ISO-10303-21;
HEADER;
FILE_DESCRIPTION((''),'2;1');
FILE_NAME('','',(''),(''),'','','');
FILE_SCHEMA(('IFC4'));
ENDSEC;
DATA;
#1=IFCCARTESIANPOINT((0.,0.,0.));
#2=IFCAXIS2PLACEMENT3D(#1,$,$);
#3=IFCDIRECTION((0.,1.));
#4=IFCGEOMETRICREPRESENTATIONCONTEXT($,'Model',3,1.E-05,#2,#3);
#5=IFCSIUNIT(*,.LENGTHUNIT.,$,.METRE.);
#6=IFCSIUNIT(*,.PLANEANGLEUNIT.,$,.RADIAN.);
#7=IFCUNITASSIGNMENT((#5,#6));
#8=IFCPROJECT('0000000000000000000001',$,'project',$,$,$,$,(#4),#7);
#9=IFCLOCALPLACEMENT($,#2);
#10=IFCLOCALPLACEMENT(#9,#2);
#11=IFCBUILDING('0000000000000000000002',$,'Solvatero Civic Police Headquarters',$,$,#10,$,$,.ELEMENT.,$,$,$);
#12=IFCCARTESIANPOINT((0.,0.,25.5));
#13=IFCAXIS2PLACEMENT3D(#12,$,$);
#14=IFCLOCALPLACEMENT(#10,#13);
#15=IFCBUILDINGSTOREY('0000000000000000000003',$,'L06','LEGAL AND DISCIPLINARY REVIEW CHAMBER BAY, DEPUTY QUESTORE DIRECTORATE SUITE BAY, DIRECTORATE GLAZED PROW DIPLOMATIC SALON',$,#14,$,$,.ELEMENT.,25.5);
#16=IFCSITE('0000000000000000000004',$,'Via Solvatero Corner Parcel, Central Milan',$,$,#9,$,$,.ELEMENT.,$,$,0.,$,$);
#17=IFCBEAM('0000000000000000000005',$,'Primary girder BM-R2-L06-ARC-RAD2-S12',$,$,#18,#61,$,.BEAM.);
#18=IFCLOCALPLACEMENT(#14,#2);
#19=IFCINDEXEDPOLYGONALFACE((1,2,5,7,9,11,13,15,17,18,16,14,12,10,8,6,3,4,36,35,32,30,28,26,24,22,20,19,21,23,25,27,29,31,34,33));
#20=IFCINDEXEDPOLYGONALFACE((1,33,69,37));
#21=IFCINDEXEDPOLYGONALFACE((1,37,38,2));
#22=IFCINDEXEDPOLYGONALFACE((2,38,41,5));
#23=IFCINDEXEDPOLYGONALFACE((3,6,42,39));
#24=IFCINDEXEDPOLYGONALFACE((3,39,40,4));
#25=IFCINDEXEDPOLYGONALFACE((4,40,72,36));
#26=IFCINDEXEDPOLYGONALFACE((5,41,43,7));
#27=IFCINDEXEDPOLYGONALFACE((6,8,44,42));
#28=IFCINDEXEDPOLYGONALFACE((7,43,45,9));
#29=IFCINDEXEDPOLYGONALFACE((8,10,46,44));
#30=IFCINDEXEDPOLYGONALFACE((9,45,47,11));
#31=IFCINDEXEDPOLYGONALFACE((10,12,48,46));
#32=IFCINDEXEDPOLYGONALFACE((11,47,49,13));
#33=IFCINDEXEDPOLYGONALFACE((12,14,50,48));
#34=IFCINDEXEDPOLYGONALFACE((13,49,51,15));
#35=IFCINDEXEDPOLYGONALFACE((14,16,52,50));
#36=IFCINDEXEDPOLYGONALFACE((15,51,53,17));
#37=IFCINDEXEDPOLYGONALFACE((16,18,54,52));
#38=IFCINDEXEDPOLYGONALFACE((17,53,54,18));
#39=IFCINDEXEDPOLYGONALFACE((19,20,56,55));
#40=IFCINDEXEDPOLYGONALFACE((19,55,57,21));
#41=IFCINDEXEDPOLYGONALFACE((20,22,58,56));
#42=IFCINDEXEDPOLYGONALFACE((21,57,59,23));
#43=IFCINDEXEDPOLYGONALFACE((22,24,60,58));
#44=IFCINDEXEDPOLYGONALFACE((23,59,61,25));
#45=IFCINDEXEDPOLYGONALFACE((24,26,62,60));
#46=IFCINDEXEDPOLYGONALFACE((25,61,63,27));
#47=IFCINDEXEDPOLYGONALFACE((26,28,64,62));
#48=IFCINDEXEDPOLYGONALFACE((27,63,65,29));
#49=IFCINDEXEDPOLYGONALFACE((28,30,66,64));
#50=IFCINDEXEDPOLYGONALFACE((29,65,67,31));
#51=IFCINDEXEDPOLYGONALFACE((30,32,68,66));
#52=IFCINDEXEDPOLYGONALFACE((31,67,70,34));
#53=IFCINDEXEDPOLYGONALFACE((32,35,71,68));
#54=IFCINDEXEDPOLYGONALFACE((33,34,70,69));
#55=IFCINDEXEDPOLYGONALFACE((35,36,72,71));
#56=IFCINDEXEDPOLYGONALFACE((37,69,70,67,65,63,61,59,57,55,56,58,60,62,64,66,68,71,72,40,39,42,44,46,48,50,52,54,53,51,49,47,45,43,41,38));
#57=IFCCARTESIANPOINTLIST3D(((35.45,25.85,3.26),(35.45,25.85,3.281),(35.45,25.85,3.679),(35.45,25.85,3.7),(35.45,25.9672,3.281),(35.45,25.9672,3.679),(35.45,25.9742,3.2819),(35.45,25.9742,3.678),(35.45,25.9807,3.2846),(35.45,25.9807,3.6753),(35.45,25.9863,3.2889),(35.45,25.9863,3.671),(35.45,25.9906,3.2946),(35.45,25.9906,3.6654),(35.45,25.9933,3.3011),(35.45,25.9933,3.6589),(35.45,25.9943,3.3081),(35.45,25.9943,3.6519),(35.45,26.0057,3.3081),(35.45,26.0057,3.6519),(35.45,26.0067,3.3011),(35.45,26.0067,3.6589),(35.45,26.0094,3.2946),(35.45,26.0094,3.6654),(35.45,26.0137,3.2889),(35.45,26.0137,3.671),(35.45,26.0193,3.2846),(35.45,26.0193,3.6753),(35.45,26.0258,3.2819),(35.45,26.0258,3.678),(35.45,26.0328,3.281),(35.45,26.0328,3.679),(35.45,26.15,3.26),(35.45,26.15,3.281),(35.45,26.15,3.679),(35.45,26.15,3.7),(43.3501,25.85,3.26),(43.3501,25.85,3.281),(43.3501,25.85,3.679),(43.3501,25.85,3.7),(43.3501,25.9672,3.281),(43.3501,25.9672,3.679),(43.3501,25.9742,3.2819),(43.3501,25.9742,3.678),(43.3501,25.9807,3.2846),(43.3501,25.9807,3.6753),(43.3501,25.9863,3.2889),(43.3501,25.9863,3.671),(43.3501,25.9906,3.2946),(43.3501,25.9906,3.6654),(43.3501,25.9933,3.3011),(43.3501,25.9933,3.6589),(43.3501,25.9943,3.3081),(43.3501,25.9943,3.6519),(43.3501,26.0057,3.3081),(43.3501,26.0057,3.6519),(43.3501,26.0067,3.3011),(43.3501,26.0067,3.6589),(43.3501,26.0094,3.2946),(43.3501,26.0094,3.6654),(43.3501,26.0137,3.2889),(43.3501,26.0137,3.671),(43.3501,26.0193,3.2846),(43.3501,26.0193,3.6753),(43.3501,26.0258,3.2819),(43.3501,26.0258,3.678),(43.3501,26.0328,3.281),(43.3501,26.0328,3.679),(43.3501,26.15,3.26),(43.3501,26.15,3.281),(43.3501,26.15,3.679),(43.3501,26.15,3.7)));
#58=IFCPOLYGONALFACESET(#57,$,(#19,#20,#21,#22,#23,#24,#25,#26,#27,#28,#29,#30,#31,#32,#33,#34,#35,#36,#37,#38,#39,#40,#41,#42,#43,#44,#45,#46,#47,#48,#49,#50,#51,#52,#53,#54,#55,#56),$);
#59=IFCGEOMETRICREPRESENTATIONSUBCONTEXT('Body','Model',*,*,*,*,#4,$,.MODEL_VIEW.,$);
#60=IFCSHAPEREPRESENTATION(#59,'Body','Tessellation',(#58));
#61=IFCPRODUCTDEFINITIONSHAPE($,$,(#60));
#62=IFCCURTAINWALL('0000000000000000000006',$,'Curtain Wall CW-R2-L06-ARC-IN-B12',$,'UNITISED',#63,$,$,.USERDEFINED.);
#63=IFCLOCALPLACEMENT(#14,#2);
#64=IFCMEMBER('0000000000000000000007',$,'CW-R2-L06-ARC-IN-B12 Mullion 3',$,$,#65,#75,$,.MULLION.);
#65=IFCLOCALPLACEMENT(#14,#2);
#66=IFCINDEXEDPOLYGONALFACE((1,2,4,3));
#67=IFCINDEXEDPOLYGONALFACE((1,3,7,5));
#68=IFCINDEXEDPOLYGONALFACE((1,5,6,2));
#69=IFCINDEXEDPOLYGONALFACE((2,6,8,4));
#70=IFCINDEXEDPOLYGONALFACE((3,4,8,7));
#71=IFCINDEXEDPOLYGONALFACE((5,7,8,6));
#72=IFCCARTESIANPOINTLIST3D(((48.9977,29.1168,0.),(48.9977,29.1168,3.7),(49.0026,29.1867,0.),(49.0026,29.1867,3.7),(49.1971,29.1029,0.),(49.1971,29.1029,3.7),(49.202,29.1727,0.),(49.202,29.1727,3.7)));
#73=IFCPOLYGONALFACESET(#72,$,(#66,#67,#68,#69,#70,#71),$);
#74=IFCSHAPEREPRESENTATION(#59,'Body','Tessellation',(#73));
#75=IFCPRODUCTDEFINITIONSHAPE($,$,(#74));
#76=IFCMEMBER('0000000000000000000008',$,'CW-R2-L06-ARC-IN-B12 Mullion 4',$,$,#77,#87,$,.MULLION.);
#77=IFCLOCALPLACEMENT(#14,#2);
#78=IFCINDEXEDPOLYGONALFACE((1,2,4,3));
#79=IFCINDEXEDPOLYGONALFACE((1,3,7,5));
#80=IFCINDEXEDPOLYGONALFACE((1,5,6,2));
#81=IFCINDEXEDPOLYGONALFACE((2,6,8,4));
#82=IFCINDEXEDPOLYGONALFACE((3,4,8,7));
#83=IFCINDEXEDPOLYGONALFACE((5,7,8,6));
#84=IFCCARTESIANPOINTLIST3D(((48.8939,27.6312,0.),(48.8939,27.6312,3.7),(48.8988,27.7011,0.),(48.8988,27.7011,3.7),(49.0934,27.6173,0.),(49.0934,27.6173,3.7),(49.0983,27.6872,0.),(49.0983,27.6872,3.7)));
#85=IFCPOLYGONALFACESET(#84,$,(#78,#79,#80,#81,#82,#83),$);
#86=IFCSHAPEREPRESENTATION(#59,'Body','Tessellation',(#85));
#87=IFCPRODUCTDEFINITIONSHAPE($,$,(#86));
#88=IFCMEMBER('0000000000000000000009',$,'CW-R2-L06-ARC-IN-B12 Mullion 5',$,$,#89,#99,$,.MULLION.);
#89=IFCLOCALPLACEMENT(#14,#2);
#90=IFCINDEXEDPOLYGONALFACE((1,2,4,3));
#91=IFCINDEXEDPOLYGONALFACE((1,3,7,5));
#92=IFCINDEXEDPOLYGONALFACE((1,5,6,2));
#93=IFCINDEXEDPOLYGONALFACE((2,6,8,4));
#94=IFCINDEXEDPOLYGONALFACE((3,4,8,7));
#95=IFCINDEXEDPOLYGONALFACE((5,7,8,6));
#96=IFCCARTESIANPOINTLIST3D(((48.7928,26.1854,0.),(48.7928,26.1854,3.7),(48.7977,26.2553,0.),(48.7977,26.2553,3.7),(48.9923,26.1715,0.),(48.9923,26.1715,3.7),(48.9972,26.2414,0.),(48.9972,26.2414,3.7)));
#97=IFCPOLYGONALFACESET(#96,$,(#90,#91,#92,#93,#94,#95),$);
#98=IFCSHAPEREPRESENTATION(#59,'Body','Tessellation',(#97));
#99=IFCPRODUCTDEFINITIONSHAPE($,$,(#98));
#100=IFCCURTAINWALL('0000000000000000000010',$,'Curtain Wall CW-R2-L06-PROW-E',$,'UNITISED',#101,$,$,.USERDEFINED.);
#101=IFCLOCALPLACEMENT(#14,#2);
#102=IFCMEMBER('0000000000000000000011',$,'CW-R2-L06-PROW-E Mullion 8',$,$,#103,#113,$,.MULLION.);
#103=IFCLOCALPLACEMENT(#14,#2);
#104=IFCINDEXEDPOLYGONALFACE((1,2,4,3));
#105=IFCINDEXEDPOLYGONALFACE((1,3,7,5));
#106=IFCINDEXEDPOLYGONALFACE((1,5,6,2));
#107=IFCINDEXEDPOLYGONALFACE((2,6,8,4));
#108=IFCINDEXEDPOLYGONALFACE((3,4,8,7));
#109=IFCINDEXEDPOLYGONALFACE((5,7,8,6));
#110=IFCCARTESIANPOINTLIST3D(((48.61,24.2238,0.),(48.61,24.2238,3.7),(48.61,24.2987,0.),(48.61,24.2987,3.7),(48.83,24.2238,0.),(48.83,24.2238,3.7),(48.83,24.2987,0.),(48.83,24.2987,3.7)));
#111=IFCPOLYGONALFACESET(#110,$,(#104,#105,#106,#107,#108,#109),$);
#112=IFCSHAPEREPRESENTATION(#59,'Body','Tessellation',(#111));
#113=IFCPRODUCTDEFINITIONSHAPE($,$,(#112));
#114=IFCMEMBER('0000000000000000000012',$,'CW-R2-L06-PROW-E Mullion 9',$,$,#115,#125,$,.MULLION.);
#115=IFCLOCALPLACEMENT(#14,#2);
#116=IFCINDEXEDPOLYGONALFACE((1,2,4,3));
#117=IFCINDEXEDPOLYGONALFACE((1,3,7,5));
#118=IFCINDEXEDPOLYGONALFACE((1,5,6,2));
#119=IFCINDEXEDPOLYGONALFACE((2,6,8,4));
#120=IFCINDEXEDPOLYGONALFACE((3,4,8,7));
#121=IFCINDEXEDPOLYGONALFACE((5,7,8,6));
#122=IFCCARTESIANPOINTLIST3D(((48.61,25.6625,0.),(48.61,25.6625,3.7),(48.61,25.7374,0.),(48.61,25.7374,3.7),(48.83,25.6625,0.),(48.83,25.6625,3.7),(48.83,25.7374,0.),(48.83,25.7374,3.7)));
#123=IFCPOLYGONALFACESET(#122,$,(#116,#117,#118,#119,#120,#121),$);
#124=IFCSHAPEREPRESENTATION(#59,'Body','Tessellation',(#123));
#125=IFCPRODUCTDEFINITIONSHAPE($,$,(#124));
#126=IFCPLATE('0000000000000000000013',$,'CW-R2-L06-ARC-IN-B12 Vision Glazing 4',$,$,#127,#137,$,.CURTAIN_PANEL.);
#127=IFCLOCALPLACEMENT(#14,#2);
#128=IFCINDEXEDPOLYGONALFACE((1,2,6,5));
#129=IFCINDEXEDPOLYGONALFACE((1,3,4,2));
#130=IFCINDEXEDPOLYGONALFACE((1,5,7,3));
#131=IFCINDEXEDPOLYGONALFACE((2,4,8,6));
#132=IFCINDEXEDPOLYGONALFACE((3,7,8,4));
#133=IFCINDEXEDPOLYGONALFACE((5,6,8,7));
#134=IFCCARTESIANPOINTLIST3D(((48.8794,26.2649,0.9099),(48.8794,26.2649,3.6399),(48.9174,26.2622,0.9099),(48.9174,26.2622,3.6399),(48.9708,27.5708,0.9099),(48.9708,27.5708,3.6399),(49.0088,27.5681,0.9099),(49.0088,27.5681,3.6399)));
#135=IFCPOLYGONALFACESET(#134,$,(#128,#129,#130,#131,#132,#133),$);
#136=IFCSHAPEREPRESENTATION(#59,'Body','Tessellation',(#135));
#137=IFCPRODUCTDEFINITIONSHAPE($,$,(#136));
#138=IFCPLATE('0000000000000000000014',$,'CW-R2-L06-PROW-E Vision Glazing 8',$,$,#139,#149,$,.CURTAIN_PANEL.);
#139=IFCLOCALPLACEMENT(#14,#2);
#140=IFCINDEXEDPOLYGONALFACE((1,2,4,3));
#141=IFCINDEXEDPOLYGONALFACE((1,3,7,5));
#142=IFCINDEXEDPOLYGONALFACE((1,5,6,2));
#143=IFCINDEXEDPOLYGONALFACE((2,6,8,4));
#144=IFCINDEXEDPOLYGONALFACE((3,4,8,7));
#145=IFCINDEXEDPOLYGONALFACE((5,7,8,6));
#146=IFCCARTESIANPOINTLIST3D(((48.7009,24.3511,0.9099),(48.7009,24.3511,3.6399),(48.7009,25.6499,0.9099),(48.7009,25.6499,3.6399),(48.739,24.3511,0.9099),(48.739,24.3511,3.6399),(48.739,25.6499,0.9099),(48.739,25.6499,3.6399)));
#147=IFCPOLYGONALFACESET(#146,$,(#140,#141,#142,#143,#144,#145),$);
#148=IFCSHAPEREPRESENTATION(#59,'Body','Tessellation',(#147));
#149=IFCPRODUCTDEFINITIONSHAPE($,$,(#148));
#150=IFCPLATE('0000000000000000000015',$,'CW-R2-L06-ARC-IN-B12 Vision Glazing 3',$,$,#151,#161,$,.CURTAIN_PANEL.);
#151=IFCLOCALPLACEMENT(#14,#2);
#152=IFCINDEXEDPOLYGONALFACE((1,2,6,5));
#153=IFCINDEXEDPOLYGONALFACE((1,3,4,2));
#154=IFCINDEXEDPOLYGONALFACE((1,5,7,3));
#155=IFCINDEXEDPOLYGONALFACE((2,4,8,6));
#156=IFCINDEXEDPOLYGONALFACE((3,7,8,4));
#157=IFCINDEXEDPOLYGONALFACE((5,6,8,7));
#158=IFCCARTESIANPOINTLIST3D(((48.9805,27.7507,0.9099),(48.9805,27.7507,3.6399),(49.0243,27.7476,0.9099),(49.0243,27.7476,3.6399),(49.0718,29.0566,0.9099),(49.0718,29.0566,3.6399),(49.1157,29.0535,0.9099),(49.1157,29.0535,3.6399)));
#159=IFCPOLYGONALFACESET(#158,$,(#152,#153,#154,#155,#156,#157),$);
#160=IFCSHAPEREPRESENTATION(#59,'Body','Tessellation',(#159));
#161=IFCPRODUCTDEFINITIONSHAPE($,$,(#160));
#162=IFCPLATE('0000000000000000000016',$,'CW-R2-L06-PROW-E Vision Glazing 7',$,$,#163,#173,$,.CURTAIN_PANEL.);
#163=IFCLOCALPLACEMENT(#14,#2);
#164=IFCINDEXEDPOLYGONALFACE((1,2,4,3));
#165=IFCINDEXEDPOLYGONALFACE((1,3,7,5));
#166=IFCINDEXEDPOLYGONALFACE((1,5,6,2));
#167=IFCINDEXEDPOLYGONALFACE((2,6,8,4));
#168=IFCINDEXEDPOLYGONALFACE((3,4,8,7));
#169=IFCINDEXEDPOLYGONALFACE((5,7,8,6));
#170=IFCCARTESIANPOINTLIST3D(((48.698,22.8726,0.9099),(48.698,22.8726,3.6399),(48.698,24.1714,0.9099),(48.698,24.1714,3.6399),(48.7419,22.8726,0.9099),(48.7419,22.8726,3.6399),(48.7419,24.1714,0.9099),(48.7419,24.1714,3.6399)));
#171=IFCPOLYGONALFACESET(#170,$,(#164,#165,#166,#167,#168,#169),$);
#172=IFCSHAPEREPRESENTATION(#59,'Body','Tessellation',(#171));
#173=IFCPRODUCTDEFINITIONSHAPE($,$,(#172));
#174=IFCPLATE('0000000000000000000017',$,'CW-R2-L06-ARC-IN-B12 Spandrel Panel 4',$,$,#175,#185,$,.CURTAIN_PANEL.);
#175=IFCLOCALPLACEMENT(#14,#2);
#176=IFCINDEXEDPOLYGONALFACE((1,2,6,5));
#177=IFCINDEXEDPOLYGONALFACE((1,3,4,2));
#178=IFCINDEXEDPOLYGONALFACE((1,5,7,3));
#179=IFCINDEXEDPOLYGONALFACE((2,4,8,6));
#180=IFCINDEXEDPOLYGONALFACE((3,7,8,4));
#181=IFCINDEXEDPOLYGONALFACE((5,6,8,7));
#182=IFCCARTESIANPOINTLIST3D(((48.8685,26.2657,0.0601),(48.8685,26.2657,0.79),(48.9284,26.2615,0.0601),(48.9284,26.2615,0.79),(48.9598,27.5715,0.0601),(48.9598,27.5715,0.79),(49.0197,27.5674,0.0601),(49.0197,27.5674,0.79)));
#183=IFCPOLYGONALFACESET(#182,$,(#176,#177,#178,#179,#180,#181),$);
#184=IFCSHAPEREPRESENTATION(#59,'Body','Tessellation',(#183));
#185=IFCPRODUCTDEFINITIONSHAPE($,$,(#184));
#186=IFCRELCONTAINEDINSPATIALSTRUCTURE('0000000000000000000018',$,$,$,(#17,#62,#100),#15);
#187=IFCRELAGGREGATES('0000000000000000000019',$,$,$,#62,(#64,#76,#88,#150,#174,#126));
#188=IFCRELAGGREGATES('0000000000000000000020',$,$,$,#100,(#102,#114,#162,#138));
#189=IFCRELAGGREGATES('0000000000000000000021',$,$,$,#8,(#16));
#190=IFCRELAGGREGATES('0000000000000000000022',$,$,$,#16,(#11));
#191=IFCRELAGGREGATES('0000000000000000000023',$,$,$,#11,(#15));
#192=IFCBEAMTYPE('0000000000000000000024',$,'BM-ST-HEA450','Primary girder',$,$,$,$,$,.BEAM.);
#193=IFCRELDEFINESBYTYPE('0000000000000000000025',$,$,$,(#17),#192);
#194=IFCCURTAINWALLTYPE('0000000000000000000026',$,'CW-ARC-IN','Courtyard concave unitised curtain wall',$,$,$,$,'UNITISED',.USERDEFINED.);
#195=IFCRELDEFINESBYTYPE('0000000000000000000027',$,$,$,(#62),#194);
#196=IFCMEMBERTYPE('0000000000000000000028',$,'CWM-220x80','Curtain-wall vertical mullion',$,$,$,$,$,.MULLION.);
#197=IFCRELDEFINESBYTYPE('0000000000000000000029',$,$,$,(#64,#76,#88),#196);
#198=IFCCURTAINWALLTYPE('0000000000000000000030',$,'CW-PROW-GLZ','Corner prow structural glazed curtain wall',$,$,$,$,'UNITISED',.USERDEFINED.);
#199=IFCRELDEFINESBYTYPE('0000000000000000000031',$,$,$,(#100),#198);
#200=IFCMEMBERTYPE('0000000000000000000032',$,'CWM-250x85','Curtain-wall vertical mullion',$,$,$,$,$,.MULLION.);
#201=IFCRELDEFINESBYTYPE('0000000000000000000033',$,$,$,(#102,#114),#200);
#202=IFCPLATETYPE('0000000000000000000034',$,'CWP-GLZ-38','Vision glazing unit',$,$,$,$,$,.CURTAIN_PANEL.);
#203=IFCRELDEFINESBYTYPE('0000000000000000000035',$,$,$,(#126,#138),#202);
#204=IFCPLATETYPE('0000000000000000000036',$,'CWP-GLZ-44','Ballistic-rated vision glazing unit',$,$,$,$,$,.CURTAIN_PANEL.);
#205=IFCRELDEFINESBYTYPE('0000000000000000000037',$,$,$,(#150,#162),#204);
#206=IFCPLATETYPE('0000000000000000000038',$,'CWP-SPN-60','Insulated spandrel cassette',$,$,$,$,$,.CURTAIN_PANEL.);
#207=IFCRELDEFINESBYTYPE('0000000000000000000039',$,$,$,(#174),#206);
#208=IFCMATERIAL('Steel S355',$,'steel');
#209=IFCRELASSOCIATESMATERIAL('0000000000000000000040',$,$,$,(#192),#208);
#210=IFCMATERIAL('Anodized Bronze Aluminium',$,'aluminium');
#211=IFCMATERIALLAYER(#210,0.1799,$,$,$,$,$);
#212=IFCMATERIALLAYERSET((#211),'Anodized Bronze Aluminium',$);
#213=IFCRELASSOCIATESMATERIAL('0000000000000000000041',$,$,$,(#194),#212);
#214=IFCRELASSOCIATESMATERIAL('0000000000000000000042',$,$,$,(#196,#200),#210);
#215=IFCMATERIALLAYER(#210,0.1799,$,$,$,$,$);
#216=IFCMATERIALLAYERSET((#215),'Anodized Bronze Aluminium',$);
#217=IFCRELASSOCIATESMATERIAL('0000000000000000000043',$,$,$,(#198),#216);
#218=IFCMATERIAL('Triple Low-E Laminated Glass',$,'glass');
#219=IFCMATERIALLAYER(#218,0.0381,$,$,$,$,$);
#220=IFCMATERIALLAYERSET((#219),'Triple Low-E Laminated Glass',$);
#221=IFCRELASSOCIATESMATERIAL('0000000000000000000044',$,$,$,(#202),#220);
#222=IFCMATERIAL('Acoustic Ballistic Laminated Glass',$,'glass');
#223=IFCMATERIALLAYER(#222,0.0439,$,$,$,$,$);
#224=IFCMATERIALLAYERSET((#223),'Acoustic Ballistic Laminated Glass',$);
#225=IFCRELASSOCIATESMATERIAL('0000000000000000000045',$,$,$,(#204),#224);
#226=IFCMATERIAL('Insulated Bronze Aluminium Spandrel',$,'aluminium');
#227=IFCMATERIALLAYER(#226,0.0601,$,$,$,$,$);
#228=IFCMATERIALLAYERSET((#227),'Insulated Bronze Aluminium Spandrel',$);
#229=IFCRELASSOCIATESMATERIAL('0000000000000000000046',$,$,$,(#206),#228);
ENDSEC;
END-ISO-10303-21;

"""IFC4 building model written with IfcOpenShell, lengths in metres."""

from ifc_helpers import new_model, si_unit, direction, frame, origin, origin_2d, place, context, subcontext, project, spatial, rectangle, i_section, extrude, material, layer, layer_set, material_profile, profile_set, type_object, element, aggregate, save


model = new_model("IFC4")

# Units and contexts
model_context = context("Model", 3, precision=1e-05, world=origin(), true_north=direction((0.0, 1.0)))
body_context = subcontext(model_context, "Body", "Model", "MODEL_VIEW")
ifc_project = project(units=[si_unit("LENGTHUNIT", "METRE"), si_unit("PLANEANGLEUNIT", "RADIAN")], contexts=[model_context])

# Site, building, storey
site_placement = place(None, origin())
site = spatial("IfcSite", under=ifc_project, at=site_placement, Name="Via Solvatero Corner Parcel, Central Milan", CompositionType="ELEMENT", RefElevation=0.0)
building_placement = place(site_placement, origin())
building = spatial("IfcBuilding", under=site, at=building_placement, Name="Solvatero Civic Police Headquarters", CompositionType="ELEMENT")
storey_placement = place(building_placement, frame((0.0, 0.0, 25.5)))
storey = spatial("IfcBuildingStorey", under=building, at=storey_placement, Name="L06", Description="LEGAL AND DISCIPLINARY REVIEW CHAMBER BAY, DEPUTY QUESTORE DIRECTORATE SUITE BAY, DIRECTORATE GLAZED PROW DIPLOMATIC SALON", CompositionType="ELEMENT", Elevation=25.5)

# Shared definitions
ifc_material_1 = material(Name="Steel S355", Category="steel")

# Beam
ifc_material_profile_1 = material_profile(ifc_material_1, i_section(OverallWidth=0.3, OverallDepth=0.4399, WebThickness=0.0115, FlangeThickness=0.021, FilletRadius=0.0271, at=origin_2d()), Name="HEA 450")
ifc_profile_set_1 = profile_set([ifc_material_profile_1], Name="Steel S355")
beam_type_1 = type_object("IfcBeamType", Name="BM-ST-HEA450", Description="Primary girder", PredefinedType="BEAM", material=ifc_profile_set_1)
beam_1_placement = place(storey_placement, frame((43.3501, 26.0, 3.48), z_axis=(-1.0, 0.0, 0.0), x_axis=(0.0, -1.0, 0.0)))
element("IfcBeam", 1, at=beam_1_placement, inside=storey, type_object=beam_type_1, Name="Primary girder BM-R2-L06-ARC-RAD2-S12", PredefinedType="BEAM", context=body_context, shape_type="SweptSolid", body=[
    extrude(i_section(OverallWidth=0.3, OverallDepth=0.4399, WebThickness=0.0115, FlangeThickness=0.021, FilletRadius=0.0271, at=origin_2d()), origin(), (0.0, 0.0, 1.0), 7.9001),
])

# Curtain walls, members
ifc_material_2 = material(Name="Anodized Bronze Aluminium", Category="aluminium")
ifc_layer_1 = layer(ifc_material_2, 0.1799)
ifc_layer_set_1 = layer_set([ifc_layer_1], Name="Anodized Bronze Aluminium")
curtain_wall_type_1 = type_object("IfcCurtainWallType", Name="CW-ARC-IN", Description="Courtyard concave unitised curtain wall", ElementType="UNITISED", PredefinedType="USERDEFINED", material=ifc_layer_set_1)
curtain_wall_1_placement = place(storey_placement, origin())
curtain_wall_1 = element("IfcCurtainWall", 2, at=curtain_wall_1_placement, inside=storey, type_object=curtain_wall_type_1, Name="Curtain Wall CW-R2-L06-ARC-IN-B12", ObjectType="UNITISED", PredefinedType="USERDEFINED")
ifc_material_profile_2 = material_profile(ifc_material_2, rectangle(XDim=0.0701, YDim=0.2, at=origin_2d()), Name="ALU MULLION 70x200")
ifc_profile_set_2 = profile_set([ifc_material_profile_2], Name="Anodized Bronze Aluminium")
member_type_1 = type_object("IfcMemberType", Name="CWM-220x80", Description="Curtain-wall vertical mullion", PredefinedType="MULLION", material=ifc_profile_set_2)
member_1_placement = place(storey_placement, frame((49.0999, 29.1448, 0.0), z_axis=(0.0, 0.0, 1.0), x_axis=(-0.069774, -0.997563, 0.0)))
member_1 = element("IfcMember", 3, at=member_1_placement, type_object=member_type_1, Name="CW-R2-L06-ARC-IN-B12 Mullion 3", PredefinedType="MULLION", context=body_context, shape_type="SweptSolid", body=[
    extrude(rectangle(XDim=0.0701, YDim=0.2, at=origin_2d()), origin(), (0.0, 0.0, 1.0), 3.7),
])
member_2_placement = place(storey_placement, frame((48.9961, 27.6592, 0.0), z_axis=(0.0, 0.0, 1.0), x_axis=(-0.069774, -0.997563, 0.0)))
member_2 = element("IfcMember", 4, at=member_2_placement, type_object=member_type_1, Name="CW-R2-L06-ARC-IN-B12 Mullion 4", PredefinedType="MULLION", context=body_context, shape_type="SweptSolid", body=[
    extrude(rectangle(XDim=0.0701, YDim=0.2, at=origin_2d()), origin(), (0.0, 0.0, 1.0), 3.7),
])
member_3_placement = place(storey_placement, frame((48.895, 26.2134, 0.0), z_axis=(0.0, 0.0, 1.0), x_axis=(-0.069774, -0.997563, 0.0)))
member_3 = element("IfcMember", 5, at=member_3_placement, type_object=member_type_1, Name="CW-R2-L06-ARC-IN-B12 Mullion 5", PredefinedType="MULLION", context=body_context, shape_type="SweptSolid", body=[
    extrude(rectangle(XDim=0.0701, YDim=0.2, at=origin_2d()), origin(), (0.0, 0.0, 1.0), 3.7),
])
ifc_layer_2 = layer(ifc_material_2, 0.1799)
ifc_layer_set_2 = layer_set([ifc_layer_2], Name="Anodized Bronze Aluminium")
curtain_wall_type_2 = type_object("IfcCurtainWallType", Name="CW-PROW-GLZ", Description="Corner prow structural glazed curtain wall", ElementType="UNITISED", PredefinedType="USERDEFINED", material=ifc_layer_set_2)
curtain_wall_2_placement = place(storey_placement, origin())
curtain_wall_2 = element("IfcCurtainWall", 6, at=curtain_wall_2_placement, inside=storey, type_object=curtain_wall_type_2, Name="Curtain Wall CW-R2-L06-PROW-E", ObjectType="UNITISED", PredefinedType="USERDEFINED")
ifc_material_profile_3 = material_profile(ifc_material_2, rectangle(XDim=0.075, YDim=0.22, at=origin_2d()), Name="ALU MULLION 75x220")
ifc_profile_set_3 = profile_set([ifc_material_profile_3], Name="Anodized Bronze Aluminium")
member_type_2 = type_object("IfcMemberType", Name="CWM-250x85", Description="Curtain-wall vertical mullion", PredefinedType="MULLION", material=ifc_profile_set_3)
member_4_placement = place(storey_placement, frame((48.72, 24.2612, 0.0), z_axis=(0.0, 0.0, 1.0), x_axis=(0.0, 1.0, 0.0)))
member_4 = element("IfcMember", 7, at=member_4_placement, type_object=member_type_2, Name="CW-R2-L06-PROW-E Mullion 8", PredefinedType="MULLION", context=body_context, shape_type="SweptSolid", body=[
    extrude(rectangle(XDim=0.075, YDim=0.22, at=origin_2d()), origin(), (0.0, 0.0, 1.0), 3.7),
])
member_5_placement = place(storey_placement, frame((48.72, 25.7, 0.0), z_axis=(0.0, 0.0, 1.0), x_axis=(0.0, 1.0, 0.0)))
member_5 = element("IfcMember", 8, at=member_5_placement, type_object=member_type_2, Name="CW-R2-L06-PROW-E Mullion 9", PredefinedType="MULLION", context=body_context, shape_type="SweptSolid", body=[
    extrude(rectangle(XDim=0.075, YDim=0.22, at=origin_2d()), origin(), (0.0, 0.0, 1.0), 3.7),
])

# Plates
ifc_material_3 = material(Name="Triple Low-E Laminated Glass", Category="glass")
ifc_layer_3 = layer(ifc_material_3, 0.0381)
ifc_layer_set_3 = layer_set([ifc_layer_3], Name="Triple Low-E Laminated Glass")
plate_type_1 = type_object("IfcPlateType", Name="CWP-GLZ-38", Description="Vision glazing unit", PredefinedType="CURTAIN_PANEL", material=ifc_layer_set_3)
plate_1_placement = place(storey_placement, frame((48.9441, 26.9165, 0.9099), z_axis=(0.0, 0.0, 1.0), x_axis=(-0.069774, -0.997563, 0.0)))
plate_1 = element("IfcPlate", 9, at=plate_1_placement, type_object=plate_type_1, Name="CW-R2-L06-ARC-IN-B12 Vision Glazing 4", PredefinedType="CURTAIN_PANEL", context=body_context, shape_type="SweptSolid", body=[
    extrude(rectangle(XDim=1.3091, YDim=0.0381, at=origin_2d()), origin(), (0.0, 0.0, 1.0), 2.73),
])
plate_2_placement = place(storey_placement, frame((48.72, 25.0005, 0.9099), z_axis=(0.0, 0.0, 1.0), x_axis=(0.0, 1.0, 0.0)))
plate_2 = element("IfcPlate", 10, at=plate_2_placement, type_object=plate_type_1, Name="CW-R2-L06-PROW-E Vision Glazing 8", PredefinedType="CURTAIN_PANEL", context=body_context, shape_type="SweptSolid", body=[
    extrude(rectangle(XDim=1.2988, YDim=0.0381, at=origin_2d()), origin(), (0.0, 0.0, 1.0), 2.73),
])
ifc_material_4 = material(Name="Acoustic Ballistic Laminated Glass", Category="glass")
ifc_layer_4 = layer(ifc_material_4, 0.0439)
ifc_layer_set_4 = layer_set([ifc_layer_4], Name="Acoustic Ballistic Laminated Glass")
plate_type_2 = type_object("IfcPlateType", Name="CWP-GLZ-44", Description="Ballistic-rated vision glazing unit", PredefinedType="CURTAIN_PANEL", material=ifc_layer_set_4)
plate_3_placement = place(storey_placement, frame((49.0481, 28.4021, 0.9099), z_axis=(0.0, 0.0, 1.0), x_axis=(-0.069774, -0.997563, 0.0)))
plate_3 = element("IfcPlate", 11, at=plate_3_placement, type_object=plate_type_2, Name="CW-R2-L06-ARC-IN-B12 Vision Glazing 3", PredefinedType="CURTAIN_PANEL", context=body_context, shape_type="SweptSolid", body=[
    extrude(rectangle(XDim=1.3091, YDim=0.0439, at=origin_2d()), origin(), (0.0, 0.0, 1.0), 2.73),
])
plate_4_placement = place(storey_placement, frame((48.72, 23.522, 0.9099), z_axis=(0.0, 0.0, 1.0), x_axis=(0.0, 1.0, 0.0)))
plate_4 = element("IfcPlate", 12, at=plate_4_placement, type_object=plate_type_2, Name="CW-R2-L06-PROW-E Vision Glazing 7", PredefinedType="CURTAIN_PANEL", context=body_context, shape_type="SweptSolid", body=[
    extrude(rectangle(XDim=1.2988, YDim=0.0439, at=origin_2d()), origin(), (0.0, 0.0, 1.0), 2.73),
])
ifc_material_5 = material(Name="Insulated Bronze Aluminium Spandrel", Category="aluminium")
ifc_layer_5 = layer(ifc_material_5, 0.0601)
ifc_layer_set_5 = layer_set([ifc_layer_5], Name="Insulated Bronze Aluminium Spandrel")
plate_type_3 = type_object("IfcPlateType", Name="CWP-SPN-60", Description="Insulated spandrel cassette", PredefinedType="CURTAIN_PANEL", material=ifc_layer_set_5)
plate_5_placement = place(storey_placement, frame((48.9441, 26.9165, 0.0601), z_axis=(0.0, 0.0, 1.0), x_axis=(-0.069774, -0.997563, 0.0)))
plate_5 = element("IfcPlate", 13, at=plate_5_placement, type_object=plate_type_3, Name="CW-R2-L06-ARC-IN-B12 Spandrel Panel 4", PredefinedType="CURTAIN_PANEL", context=body_context, shape_type="SweptSolid", body=[
    extrude(rectangle(XDim=1.3091, YDim=0.0601, at=origin_2d()), origin(), (0.0, 0.0, 1.0), 0.73),
])
aggregate(curtain_wall_1, [member_1, member_2, member_3, plate_3, plate_5, plate_1])
aggregate(curtain_wall_2, [member_4, member_5, plate_4, plate_2])

save(model, "model.ifc")
